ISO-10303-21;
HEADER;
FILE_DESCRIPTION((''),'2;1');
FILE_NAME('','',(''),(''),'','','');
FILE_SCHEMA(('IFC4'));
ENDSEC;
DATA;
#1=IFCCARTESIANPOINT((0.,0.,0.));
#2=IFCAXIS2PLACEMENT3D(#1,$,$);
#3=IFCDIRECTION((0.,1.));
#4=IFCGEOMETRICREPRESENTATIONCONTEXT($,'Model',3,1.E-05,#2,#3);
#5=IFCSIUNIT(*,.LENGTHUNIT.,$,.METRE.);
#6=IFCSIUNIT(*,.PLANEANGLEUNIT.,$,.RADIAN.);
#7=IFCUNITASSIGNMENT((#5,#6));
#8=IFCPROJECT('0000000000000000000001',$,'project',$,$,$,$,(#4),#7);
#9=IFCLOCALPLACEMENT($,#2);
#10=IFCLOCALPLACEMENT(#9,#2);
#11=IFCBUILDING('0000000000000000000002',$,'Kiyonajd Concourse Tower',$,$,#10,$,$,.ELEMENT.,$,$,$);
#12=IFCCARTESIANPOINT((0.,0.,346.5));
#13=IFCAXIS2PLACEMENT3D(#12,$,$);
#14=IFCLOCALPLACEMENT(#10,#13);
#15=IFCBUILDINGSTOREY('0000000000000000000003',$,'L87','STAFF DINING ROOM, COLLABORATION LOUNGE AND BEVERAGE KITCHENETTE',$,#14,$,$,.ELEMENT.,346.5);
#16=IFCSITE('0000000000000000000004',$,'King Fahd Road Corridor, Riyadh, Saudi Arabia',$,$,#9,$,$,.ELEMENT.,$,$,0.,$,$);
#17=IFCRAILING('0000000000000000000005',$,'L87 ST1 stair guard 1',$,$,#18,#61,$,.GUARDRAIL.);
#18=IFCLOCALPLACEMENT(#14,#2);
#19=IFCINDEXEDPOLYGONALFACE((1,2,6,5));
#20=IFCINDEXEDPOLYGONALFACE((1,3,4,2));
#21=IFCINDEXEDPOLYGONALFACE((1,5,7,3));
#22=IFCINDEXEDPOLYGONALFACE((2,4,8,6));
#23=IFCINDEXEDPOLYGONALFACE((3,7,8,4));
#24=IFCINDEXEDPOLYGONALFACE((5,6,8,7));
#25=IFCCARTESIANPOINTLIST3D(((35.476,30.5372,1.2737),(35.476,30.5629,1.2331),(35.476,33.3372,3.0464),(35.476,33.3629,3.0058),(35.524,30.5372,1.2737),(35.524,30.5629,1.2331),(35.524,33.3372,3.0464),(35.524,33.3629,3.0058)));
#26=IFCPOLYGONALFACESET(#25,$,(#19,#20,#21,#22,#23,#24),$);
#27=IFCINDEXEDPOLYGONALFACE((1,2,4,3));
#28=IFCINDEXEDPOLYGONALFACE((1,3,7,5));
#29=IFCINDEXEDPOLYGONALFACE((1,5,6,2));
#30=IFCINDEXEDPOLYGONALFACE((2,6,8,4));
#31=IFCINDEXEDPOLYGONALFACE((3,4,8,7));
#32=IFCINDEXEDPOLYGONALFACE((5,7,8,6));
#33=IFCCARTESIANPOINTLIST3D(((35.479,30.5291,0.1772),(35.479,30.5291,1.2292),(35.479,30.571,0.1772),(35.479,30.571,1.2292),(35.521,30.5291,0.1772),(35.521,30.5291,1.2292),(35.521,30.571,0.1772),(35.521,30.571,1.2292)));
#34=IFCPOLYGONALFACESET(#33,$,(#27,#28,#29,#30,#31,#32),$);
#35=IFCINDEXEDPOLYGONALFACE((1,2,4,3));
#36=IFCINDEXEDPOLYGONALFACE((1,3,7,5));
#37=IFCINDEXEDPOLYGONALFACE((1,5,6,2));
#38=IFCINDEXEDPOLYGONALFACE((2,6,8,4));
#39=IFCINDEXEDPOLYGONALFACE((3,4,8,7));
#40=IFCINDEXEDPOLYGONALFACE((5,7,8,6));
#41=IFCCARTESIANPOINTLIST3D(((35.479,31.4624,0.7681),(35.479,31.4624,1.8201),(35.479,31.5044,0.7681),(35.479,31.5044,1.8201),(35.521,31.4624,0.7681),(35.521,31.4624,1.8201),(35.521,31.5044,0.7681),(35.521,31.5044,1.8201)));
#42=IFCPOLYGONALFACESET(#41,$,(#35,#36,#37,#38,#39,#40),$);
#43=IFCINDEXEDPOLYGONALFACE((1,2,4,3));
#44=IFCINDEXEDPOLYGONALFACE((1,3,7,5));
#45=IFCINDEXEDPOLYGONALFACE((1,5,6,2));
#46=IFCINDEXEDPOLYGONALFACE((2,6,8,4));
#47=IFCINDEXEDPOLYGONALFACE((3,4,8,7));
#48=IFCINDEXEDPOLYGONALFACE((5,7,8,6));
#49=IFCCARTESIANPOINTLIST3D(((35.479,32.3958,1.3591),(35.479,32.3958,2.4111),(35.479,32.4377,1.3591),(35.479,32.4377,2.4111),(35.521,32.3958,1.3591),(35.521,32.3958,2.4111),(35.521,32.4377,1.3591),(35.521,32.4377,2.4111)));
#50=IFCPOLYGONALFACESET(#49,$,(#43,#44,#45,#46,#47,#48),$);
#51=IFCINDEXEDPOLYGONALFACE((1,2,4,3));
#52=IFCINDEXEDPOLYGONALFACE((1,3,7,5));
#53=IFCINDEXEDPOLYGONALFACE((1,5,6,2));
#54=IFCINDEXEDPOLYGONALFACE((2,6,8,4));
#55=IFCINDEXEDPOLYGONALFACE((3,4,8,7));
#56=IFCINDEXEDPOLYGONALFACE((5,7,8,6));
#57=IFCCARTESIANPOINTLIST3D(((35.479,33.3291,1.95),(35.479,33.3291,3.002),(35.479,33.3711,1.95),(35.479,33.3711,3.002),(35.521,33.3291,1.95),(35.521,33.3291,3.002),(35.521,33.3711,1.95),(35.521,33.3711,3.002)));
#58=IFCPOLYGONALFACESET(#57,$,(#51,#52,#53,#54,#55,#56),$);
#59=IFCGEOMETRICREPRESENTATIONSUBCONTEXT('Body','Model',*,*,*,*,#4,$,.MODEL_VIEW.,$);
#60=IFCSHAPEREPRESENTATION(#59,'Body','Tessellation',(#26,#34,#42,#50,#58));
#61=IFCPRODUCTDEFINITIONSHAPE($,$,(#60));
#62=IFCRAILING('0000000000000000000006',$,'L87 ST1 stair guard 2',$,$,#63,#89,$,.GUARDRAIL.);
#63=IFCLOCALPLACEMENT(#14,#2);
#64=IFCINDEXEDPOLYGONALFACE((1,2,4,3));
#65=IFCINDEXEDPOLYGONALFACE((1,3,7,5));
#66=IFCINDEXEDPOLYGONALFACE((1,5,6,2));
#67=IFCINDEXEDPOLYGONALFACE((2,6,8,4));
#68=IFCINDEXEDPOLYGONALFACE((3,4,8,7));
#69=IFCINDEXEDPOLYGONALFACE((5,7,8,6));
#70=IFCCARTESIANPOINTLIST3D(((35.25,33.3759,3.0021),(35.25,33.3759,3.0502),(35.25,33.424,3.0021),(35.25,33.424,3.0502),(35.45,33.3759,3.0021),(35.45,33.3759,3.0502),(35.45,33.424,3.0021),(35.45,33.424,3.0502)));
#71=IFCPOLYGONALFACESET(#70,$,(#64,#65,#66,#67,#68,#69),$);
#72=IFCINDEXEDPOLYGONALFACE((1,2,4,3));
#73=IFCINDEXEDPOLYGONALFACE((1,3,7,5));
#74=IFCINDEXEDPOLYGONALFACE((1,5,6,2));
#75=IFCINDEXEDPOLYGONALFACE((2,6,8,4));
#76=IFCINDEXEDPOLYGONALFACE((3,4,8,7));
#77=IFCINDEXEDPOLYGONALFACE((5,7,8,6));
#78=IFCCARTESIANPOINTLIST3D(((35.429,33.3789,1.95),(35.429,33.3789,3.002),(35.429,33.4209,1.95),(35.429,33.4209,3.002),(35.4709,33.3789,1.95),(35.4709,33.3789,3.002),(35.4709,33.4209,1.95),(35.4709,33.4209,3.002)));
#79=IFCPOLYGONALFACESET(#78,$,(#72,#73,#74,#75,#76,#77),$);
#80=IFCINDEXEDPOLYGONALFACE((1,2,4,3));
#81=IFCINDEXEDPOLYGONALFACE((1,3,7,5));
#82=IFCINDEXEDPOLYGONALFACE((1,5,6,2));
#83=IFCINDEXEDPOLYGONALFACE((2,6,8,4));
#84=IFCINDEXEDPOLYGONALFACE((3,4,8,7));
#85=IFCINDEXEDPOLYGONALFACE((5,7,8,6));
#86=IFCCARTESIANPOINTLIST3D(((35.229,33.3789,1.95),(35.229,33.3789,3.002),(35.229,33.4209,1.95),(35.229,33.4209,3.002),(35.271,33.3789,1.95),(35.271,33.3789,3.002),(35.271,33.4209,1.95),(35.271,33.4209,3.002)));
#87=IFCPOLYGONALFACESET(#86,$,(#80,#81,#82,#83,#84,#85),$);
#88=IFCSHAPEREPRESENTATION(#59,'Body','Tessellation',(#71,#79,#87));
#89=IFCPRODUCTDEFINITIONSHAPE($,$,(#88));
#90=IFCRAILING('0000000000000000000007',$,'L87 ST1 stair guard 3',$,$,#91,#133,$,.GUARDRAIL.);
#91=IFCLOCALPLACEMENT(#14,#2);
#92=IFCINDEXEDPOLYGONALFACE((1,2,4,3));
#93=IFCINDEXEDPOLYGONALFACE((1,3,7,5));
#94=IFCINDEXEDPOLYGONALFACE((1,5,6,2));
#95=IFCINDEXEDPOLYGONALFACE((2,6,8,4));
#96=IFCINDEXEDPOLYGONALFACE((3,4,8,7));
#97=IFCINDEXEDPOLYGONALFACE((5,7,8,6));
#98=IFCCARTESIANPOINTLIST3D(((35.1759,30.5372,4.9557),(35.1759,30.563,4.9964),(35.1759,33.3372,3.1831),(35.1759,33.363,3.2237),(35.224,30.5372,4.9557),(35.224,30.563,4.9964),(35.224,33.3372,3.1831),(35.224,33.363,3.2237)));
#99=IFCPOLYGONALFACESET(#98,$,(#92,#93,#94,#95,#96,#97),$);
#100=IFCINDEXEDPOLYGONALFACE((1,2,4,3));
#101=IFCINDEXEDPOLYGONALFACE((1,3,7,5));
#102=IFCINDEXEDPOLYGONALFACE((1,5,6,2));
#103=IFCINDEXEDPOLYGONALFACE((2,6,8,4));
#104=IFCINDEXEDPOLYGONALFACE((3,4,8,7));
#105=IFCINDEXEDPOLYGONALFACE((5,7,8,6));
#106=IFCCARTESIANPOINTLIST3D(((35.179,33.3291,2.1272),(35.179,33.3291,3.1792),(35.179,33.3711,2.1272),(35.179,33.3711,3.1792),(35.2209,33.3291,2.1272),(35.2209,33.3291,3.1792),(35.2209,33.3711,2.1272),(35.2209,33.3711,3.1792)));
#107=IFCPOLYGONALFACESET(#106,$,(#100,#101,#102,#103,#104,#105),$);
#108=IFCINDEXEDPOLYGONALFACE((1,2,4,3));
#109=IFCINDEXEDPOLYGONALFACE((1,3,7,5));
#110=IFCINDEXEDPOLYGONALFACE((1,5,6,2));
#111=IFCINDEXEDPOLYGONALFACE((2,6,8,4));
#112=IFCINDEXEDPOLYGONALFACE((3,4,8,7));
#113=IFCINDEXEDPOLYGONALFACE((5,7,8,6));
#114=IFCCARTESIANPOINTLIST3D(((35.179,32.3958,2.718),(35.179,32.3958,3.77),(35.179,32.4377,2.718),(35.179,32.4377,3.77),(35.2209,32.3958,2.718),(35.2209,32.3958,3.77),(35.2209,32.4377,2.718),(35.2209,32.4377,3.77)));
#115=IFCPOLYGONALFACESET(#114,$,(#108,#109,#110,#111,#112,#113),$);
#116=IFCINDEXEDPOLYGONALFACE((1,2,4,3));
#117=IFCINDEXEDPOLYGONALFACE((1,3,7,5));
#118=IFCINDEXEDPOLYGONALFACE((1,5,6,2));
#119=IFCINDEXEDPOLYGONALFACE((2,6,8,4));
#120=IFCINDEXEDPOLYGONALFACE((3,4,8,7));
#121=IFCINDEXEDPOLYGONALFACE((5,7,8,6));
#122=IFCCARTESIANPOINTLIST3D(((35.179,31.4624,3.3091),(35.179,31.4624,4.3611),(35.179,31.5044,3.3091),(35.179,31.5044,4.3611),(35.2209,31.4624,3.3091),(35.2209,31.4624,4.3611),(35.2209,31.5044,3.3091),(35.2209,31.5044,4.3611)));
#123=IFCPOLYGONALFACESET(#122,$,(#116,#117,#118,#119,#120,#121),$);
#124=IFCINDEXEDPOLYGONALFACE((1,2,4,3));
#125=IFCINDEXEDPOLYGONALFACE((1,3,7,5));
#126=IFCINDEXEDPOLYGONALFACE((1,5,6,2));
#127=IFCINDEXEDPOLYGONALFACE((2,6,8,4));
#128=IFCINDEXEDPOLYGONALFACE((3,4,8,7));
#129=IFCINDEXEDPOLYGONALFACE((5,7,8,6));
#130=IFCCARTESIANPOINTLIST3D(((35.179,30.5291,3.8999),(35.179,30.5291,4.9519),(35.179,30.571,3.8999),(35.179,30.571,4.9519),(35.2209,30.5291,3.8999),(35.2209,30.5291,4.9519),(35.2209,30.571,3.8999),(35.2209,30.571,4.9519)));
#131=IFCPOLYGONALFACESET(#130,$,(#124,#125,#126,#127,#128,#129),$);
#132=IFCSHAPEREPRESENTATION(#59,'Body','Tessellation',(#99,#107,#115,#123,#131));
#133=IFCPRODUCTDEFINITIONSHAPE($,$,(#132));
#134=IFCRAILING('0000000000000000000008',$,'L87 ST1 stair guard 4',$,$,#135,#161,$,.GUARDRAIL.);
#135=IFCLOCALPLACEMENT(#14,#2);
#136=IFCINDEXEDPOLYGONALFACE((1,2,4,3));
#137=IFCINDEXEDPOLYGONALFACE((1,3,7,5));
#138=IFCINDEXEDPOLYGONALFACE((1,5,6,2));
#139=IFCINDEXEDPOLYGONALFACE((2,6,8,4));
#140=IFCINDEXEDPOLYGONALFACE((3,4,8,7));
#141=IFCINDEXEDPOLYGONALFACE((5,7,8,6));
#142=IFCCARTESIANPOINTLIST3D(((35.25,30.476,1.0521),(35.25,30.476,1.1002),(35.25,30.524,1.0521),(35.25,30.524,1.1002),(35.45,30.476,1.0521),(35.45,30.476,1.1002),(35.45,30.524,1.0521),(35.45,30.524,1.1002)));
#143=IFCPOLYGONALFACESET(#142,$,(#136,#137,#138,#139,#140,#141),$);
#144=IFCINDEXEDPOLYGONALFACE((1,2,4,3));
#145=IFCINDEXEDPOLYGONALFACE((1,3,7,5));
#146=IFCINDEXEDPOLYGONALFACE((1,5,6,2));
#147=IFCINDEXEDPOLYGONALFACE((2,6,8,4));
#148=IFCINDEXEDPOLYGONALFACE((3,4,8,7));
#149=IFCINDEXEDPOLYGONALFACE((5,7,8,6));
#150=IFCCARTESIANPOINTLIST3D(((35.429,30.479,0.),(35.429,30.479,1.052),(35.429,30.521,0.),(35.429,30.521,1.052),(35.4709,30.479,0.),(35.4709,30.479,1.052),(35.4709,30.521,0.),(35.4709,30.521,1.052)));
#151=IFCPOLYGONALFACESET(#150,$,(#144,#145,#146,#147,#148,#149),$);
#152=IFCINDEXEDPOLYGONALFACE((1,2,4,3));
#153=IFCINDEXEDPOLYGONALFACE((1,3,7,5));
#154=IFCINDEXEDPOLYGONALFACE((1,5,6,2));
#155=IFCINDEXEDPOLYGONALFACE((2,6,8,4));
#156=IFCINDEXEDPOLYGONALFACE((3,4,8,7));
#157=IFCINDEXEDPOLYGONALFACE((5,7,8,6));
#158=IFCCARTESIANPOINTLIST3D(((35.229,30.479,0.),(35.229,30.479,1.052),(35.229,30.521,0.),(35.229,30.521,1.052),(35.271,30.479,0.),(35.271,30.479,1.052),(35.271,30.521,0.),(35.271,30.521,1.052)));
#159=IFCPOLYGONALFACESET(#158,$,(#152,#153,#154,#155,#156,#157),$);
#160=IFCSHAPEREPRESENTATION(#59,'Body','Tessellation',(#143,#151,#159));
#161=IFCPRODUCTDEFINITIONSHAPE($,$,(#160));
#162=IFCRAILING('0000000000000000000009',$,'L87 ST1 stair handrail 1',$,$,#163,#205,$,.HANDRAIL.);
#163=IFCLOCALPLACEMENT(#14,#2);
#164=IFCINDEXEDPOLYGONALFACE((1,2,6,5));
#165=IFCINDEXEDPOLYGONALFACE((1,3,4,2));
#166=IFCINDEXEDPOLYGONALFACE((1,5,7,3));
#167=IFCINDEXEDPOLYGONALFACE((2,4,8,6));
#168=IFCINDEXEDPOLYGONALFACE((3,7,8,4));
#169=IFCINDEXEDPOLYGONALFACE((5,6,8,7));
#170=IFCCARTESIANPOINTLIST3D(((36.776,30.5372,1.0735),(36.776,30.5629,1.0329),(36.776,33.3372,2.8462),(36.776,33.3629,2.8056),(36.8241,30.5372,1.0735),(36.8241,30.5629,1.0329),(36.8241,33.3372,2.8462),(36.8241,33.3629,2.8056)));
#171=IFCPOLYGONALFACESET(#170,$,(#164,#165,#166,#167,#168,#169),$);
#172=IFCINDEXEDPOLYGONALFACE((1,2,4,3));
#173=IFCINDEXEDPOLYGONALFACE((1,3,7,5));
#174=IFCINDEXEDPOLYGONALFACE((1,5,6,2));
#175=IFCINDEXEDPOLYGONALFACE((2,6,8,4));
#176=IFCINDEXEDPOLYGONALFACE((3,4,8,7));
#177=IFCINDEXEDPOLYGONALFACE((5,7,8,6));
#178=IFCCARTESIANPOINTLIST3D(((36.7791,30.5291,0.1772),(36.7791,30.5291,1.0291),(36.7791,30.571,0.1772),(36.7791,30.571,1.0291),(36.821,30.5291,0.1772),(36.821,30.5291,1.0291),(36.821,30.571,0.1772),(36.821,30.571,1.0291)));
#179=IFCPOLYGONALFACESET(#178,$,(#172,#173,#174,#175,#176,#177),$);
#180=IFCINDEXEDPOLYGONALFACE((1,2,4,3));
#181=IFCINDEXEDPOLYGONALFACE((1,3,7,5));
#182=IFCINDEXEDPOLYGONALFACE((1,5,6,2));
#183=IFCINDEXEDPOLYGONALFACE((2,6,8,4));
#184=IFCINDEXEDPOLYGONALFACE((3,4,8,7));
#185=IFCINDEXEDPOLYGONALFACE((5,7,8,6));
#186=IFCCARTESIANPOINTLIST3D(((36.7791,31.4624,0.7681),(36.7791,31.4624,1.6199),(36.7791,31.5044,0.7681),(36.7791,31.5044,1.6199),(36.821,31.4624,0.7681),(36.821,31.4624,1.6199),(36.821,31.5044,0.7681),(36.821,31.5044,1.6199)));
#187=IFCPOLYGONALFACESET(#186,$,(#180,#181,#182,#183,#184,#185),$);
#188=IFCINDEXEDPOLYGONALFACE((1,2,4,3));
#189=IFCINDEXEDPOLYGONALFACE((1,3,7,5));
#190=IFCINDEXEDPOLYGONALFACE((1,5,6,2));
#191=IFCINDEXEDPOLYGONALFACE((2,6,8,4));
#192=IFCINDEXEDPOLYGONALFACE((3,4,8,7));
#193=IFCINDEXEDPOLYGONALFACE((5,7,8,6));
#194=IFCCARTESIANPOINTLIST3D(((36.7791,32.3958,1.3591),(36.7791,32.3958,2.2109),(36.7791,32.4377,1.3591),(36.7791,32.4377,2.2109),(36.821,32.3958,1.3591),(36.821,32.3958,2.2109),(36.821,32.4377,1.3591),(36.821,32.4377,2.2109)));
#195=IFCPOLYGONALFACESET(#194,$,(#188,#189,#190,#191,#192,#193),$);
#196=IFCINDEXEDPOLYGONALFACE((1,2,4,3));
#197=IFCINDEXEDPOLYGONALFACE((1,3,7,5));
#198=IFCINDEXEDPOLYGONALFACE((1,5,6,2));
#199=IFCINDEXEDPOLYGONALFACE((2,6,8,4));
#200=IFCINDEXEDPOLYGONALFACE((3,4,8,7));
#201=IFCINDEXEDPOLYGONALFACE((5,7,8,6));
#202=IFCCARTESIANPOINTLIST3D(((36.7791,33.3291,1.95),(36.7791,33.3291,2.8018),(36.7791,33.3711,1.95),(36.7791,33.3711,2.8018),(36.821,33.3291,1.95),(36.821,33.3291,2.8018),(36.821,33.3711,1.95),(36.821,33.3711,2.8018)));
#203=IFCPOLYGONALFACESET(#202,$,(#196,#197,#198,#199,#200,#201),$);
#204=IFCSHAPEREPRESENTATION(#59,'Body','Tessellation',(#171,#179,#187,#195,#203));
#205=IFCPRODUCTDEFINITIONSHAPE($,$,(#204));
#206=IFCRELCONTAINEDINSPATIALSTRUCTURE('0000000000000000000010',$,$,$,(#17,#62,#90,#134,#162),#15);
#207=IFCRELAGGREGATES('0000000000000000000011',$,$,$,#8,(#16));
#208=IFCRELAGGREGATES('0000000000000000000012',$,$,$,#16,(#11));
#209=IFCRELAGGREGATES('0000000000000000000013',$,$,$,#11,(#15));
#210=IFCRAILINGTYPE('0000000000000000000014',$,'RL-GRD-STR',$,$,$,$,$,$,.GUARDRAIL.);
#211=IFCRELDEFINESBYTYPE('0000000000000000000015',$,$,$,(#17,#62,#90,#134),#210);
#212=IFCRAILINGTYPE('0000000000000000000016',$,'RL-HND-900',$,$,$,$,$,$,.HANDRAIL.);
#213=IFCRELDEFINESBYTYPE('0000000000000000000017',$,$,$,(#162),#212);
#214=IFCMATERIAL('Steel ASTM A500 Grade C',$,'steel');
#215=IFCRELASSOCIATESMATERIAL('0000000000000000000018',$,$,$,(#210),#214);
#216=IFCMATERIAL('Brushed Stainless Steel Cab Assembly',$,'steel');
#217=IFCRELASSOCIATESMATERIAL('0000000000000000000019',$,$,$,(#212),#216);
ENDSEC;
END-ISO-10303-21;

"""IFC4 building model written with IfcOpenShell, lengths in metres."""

from ifc_helpers import new_model, si_unit, direction, frame, origin, origin_2d, place, context, subcontext, project, spatial, rectangle, extrude, material, type_object, element, save


model = new_model("IFC4")

# Units and contexts
model_context = context("Model", 3, precision=1e-05, world=origin(), true_north=direction((0.0, 1.0)))
body_context = subcontext(model_context, "Body", "Model", "MODEL_VIEW")
ifc_project = project(units=[si_unit("LENGTHUNIT", "METRE"), si_unit("PLANEANGLEUNIT", "RADIAN")], contexts=[model_context])

# Site, building, storey
site_placement = place(None, origin())
site = spatial("IfcSite", under=ifc_project, at=site_placement, Name="King Fahd Road Corridor, Riyadh, Saudi Arabia", CompositionType="ELEMENT", RefElevation=0.0)
building_placement = place(site_placement, origin())
building = spatial("IfcBuilding", under=site, at=building_placement, Name="Kiyonajd Concourse Tower", CompositionType="ELEMENT")
storey_placement = place(building_placement, frame((0.0, 0.0, 346.5)))
storey = spatial("IfcBuildingStorey", under=building, at=storey_placement, Name="L87", Description="STAFF DINING ROOM, COLLABORATION LOUNGE AND BEVERAGE KITCHENETTE", CompositionType="ELEMENT", Elevation=346.5)

# Shared definitions
ifc_material_1 = material(Name="Brushed Stainless Steel Cab Assembly", Category="steel")

# Railings
ifc_material_2 = material(Name="Steel ASTM A500 Grade C", Category="steel")
railing_type_1 = type_object("IfcRailingType", Name="RL-GRD-STR", PredefinedType="GUARDRAIL", material=ifc_material_2)
railing_1_placement = place(storey_placement, frame((35.5, 30.55, 0.1772)))
element("IfcRailing", 1, at=railing_1_placement, inside=storey, type_object=railing_type_1, Name="L87 ST1 stair guard 1", PredefinedType="GUARDRAIL", context=body_context, shape_type="SweptSolid", body=[
    extrude(rectangle(XDim=0.0481, YDim=0.0481, at=origin_2d()), frame((0.0, 0.0, 1.0762), z_axis=(0.0, 0.844909, 0.53491), x_axis=(-1.0, 0.0, 0.0)), (0.0, 0.0, 1.0), 3.314),
    extrude(rectangle(XDim=0.042, YDim=0.042, at=origin_2d()), origin(), (0.0, 0.0, 1.0), 1.052),
    extrude(rectangle(XDim=0.042, YDim=0.042, at=origin_2d()), frame((0.0, 0.9333, 0.5908)), (0.0, 0.0, 1.0), 1.052),
    extrude(rectangle(XDim=0.042, YDim=0.042, at=origin_2d()), frame((0.0, 1.8667, 1.1819)), (0.0, 0.0, 1.0), 1.052),
    extrude(rectangle(XDim=0.042, YDim=0.042, at=origin_2d()), frame((0.0, 2.8, 1.7727)), (0.0, 0.0, 1.0), 1.052),
])
railing_2_placement = place(storey_placement, frame((35.45, 33.3999, 1.95)))
element("IfcRailing", 2, at=railing_2_placement, inside=storey, type_object=railing_type_1, Name="L87 ST1 stair guard 2", PredefinedType="GUARDRAIL", context=body_context, shape_type="SweptSolid", body=[
    extrude(rectangle(XDim=0.0481, YDim=0.0481, at=origin_2d()), frame((0.0, 0.0, 1.0762), z_axis=(-1.0, 0.0, 0.0), x_axis=(0.0, -1.0, 0.0)), (0.0, 0.0, 1.0), 0.2),
    extrude(rectangle(XDim=0.042, YDim=0.042, at=origin_2d()), origin(), (0.0, 0.0, 1.0), 1.052),
    extrude(rectangle(XDim=0.042, YDim=0.042, at=origin_2d()), frame((-0.2, 0.0, 0.0)), (0.0, 0.0, 1.0), 1.052),
])
railing_3_placement = place(storey_placement, frame((35.2, 33.3501, 2.1272)))
element("IfcRailing", 3, at=railing_3_placement, inside=storey, type_object=railing_type_1, Name="L87 ST1 stair guard 3", PredefinedType="GUARDRAIL", context=body_context, shape_type="SweptSolid", body=[
    extrude(rectangle(XDim=0.0481, YDim=0.0481, at=origin_2d()), frame((0.0, 0.0, 1.0762), z_axis=(0.0, -0.844909, 0.53491), x_axis=(1.0, 0.0, 0.0)), (0.0, 0.0, 1.0), 3.314),
    extrude(rectangle(XDim=0.042, YDim=0.042, at=origin_2d()), origin(), (0.0, 0.0, 1.0), 1.052),
    extrude(rectangle(XDim=0.042, YDim=0.042, at=origin_2d()), frame((0.0, -0.9333, 0.5908)), (0.0, 0.0, 1.0), 1.052),
    extrude(rectangle(XDim=0.042, YDim=0.042, at=origin_2d()), frame((0.0, -1.8667, 1.1819)), (0.0, 0.0, 1.0), 1.052),
    extrude(rectangle(XDim=0.042, YDim=0.042, at=origin_2d()), frame((0.0, -2.8, 1.7727)), (0.0, 0.0, 1.0), 1.052),
])
railing_4_placement = place(storey_placement, frame((35.45, 30.5, 0.0)))
element("IfcRailing", 4, at=railing_4_placement, inside=storey, type_object=railing_type_1, Name="L87 ST1 stair guard 4", PredefinedType="GUARDRAIL", context=body_context, shape_type="SweptSolid", body=[
    extrude(rectangle(XDim=0.0481, YDim=0.0481, at=origin_2d()), frame((0.0, 0.0, 1.0762), z_axis=(-1.0, 0.0, 0.0), x_axis=(0.0, -1.0, 0.0)), (0.0, 0.0, 1.0), 0.2),
    extrude(rectangle(XDim=0.042, YDim=0.042, at=origin_2d()), origin(), (0.0, 0.0, 1.0), 1.052),
    extrude(rectangle(XDim=0.042, YDim=0.042, at=origin_2d()), frame((-0.2, 0.0, 0.0)), (0.0, 0.0, 1.0), 1.052),
])
railing_type_2 = type_object("IfcRailingType", Name="RL-HND-900", PredefinedType="HANDRAIL", material=ifc_material_1)
railing_5_placement = place(storey_placement, frame((36.8, 30.55, 0.1772)))
element("IfcRailing", 5, at=railing_5_placement, inside=storey, type_object=railing_type_2, Name="L87 ST1 stair handrail 1", PredefinedType="HANDRAIL", context=body_context, shape_type="SweptSolid", body=[
    extrude(rectangle(XDim=0.0481, YDim=0.0481, at=origin_2d()), frame((0.0, 0.0, 0.876), z_axis=(0.0, 0.844909, 0.53491), x_axis=(-1.0, 0.0, 0.0)), (0.0, 0.0, 1.0), 3.314),
    extrude(rectangle(XDim=0.042, YDim=0.042, at=origin_2d()), origin(), (0.0, 0.0, 1.0), 0.8518),
    extrude(rectangle(XDim=0.042, YDim=0.042, at=origin_2d()), frame((0.0, 0.9333, 0.5908)), (0.0, 0.0, 1.0), 0.8518),
    extrude(rectangle(XDim=0.042, YDim=0.042, at=origin_2d()), frame((0.0, 1.8667, 1.1819)), (0.0, 0.0, 1.0), 0.8518),
    extrude(rectangle(XDim=0.042, YDim=0.042, at=origin_2d()), frame((0.0, 2.8, 1.7727)), (0.0, 0.0, 1.0), 0.8518),
])

save(model, "model.ifc")
